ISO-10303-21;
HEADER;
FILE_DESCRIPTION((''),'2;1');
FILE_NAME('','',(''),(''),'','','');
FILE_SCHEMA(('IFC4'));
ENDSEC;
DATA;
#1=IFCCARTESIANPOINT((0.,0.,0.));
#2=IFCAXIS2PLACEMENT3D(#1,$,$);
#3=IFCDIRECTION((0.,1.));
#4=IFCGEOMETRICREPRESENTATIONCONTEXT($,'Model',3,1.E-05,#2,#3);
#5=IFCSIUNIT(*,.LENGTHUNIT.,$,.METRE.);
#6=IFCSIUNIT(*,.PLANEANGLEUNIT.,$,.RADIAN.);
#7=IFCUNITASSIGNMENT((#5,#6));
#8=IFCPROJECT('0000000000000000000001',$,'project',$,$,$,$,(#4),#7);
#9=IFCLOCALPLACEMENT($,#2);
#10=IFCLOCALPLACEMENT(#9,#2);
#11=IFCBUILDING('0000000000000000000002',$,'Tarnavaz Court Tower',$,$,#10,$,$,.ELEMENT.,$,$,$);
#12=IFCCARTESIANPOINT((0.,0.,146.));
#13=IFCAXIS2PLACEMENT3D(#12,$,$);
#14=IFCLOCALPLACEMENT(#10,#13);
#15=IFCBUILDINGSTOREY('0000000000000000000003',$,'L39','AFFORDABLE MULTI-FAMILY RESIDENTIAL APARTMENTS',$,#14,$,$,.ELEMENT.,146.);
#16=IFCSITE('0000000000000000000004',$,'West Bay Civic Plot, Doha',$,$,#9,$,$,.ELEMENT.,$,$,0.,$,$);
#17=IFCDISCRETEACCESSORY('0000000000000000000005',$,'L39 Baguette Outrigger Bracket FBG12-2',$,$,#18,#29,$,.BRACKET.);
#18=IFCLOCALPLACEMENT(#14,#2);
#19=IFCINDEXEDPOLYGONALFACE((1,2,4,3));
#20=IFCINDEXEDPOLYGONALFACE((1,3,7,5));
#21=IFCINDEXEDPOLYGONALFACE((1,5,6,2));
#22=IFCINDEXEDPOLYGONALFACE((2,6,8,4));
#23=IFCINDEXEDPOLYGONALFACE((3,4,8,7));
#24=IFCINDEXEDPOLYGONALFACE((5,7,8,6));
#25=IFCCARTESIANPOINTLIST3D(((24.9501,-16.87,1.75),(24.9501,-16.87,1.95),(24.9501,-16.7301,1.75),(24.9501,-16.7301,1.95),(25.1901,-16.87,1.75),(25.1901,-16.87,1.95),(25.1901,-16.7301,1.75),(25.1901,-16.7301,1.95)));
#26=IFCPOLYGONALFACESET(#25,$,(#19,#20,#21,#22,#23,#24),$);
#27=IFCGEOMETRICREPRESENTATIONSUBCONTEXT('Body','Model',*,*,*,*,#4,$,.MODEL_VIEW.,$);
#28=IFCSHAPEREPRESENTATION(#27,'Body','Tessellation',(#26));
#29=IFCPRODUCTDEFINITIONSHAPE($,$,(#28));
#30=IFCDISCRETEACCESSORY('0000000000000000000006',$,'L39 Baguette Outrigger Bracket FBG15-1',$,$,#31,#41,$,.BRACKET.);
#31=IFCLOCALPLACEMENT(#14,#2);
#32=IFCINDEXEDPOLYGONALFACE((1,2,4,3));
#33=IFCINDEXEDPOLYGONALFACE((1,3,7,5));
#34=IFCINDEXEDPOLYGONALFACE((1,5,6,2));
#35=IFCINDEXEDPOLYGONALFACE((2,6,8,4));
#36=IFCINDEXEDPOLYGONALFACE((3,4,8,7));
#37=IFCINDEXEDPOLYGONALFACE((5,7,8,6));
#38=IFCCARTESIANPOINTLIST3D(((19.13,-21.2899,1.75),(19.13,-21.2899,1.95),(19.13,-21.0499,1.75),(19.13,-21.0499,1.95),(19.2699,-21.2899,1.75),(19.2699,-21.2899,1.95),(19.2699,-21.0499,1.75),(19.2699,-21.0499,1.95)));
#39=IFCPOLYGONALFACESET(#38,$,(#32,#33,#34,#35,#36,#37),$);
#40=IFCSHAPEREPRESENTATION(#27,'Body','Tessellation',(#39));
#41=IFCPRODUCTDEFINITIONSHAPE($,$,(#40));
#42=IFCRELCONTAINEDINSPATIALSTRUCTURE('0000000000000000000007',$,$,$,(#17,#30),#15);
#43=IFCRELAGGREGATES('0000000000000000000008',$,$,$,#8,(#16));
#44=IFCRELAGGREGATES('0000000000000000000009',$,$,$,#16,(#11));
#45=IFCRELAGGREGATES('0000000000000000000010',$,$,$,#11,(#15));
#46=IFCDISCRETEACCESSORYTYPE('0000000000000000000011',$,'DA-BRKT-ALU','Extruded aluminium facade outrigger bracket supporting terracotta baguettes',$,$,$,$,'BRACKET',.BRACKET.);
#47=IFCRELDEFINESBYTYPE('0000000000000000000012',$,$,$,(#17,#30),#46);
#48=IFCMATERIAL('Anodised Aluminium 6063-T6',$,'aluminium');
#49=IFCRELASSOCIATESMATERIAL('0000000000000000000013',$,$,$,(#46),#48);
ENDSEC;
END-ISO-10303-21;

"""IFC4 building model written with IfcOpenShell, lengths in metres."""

from ifc_helpers import new_model, si_unit, direction, frame, origin, origin_2d, place, context, subcontext, project, spatial, rectangle, extrude, material, type_object, element, save


model = new_model("IFC4")

# Units and contexts
model_context = context("Model", 3, precision=1e-05, world=origin(), true_north=direction((0.0, 1.0)))
body_context = subcontext(model_context, "Body", "Model", "MODEL_VIEW")
ifc_project = project(units=[si_unit("LENGTHUNIT", "METRE"), si_unit("PLANEANGLEUNIT", "RADIAN")], contexts=[model_context])

# Site, building, storey
site_placement = place(None, origin())
site = spatial("IfcSite", under=ifc_project, at=site_placement, Name="West Bay Civic Plot, Doha", CompositionType="ELEMENT", RefElevation=0.0)
building_placement = place(site_placement, origin())
building = spatial("IfcBuilding", under=site, at=building_placement, Name="Tarnavaz Court Tower", CompositionType="ELEMENT")
storey_placement = place(building_placement, frame((0.0, 0.0, 146.0)))
storey = spatial("IfcBuildingStorey", under=building, at=storey_placement, Name="L39", Description="AFFORDABLE MULTI-FAMILY RESIDENTIAL APARTMENTS", CompositionType="ELEMENT", Elevation=146.0)

# Discrete accessories
ifc_material_1 = material(Name="Anodised Aluminium 6063-T6", Category="aluminium")
discrete_accessory_type = type_object("IfcDiscreteAccessoryType", Name="DA-BRKT-ALU", Description="Extruded aluminium facade outrigger bracket supporting terracotta baguettes", ElementType="BRACKET", PredefinedType="BRACKET", material=ifc_material_1)
for number, where, z_axis, x_axis, name in (
    (1, (25.0701, -16.8, 1.75), (0.0, 0.0, 1.0), (0.0, -1.0, 0.0), "L39 Baguette Outrigger Bracket FBG12-2"),
    (2, (19.2, -21.1699, 1.75), (0.0, 0.0, 1.0), (-1.0, 0.0, 0.0), "L39 Baguette Outrigger Bracket FBG15-1"),
):
    element("IfcDiscreteAccessory", number, at=place(storey_placement, frame(where, z_axis=z_axis, x_axis=x_axis)), inside=storey, type_object=discrete_accessory_type, Name=name, PredefinedType="BRACKET", context=body_context, shape_type="SweptSolid", body=[
        extrude(rectangle(XDim=0.1399, YDim=0.24, at=origin_2d()), origin(), (0.0, 0.0, 1.0), 0.2),
    ])

save(model, "model.ifc")
